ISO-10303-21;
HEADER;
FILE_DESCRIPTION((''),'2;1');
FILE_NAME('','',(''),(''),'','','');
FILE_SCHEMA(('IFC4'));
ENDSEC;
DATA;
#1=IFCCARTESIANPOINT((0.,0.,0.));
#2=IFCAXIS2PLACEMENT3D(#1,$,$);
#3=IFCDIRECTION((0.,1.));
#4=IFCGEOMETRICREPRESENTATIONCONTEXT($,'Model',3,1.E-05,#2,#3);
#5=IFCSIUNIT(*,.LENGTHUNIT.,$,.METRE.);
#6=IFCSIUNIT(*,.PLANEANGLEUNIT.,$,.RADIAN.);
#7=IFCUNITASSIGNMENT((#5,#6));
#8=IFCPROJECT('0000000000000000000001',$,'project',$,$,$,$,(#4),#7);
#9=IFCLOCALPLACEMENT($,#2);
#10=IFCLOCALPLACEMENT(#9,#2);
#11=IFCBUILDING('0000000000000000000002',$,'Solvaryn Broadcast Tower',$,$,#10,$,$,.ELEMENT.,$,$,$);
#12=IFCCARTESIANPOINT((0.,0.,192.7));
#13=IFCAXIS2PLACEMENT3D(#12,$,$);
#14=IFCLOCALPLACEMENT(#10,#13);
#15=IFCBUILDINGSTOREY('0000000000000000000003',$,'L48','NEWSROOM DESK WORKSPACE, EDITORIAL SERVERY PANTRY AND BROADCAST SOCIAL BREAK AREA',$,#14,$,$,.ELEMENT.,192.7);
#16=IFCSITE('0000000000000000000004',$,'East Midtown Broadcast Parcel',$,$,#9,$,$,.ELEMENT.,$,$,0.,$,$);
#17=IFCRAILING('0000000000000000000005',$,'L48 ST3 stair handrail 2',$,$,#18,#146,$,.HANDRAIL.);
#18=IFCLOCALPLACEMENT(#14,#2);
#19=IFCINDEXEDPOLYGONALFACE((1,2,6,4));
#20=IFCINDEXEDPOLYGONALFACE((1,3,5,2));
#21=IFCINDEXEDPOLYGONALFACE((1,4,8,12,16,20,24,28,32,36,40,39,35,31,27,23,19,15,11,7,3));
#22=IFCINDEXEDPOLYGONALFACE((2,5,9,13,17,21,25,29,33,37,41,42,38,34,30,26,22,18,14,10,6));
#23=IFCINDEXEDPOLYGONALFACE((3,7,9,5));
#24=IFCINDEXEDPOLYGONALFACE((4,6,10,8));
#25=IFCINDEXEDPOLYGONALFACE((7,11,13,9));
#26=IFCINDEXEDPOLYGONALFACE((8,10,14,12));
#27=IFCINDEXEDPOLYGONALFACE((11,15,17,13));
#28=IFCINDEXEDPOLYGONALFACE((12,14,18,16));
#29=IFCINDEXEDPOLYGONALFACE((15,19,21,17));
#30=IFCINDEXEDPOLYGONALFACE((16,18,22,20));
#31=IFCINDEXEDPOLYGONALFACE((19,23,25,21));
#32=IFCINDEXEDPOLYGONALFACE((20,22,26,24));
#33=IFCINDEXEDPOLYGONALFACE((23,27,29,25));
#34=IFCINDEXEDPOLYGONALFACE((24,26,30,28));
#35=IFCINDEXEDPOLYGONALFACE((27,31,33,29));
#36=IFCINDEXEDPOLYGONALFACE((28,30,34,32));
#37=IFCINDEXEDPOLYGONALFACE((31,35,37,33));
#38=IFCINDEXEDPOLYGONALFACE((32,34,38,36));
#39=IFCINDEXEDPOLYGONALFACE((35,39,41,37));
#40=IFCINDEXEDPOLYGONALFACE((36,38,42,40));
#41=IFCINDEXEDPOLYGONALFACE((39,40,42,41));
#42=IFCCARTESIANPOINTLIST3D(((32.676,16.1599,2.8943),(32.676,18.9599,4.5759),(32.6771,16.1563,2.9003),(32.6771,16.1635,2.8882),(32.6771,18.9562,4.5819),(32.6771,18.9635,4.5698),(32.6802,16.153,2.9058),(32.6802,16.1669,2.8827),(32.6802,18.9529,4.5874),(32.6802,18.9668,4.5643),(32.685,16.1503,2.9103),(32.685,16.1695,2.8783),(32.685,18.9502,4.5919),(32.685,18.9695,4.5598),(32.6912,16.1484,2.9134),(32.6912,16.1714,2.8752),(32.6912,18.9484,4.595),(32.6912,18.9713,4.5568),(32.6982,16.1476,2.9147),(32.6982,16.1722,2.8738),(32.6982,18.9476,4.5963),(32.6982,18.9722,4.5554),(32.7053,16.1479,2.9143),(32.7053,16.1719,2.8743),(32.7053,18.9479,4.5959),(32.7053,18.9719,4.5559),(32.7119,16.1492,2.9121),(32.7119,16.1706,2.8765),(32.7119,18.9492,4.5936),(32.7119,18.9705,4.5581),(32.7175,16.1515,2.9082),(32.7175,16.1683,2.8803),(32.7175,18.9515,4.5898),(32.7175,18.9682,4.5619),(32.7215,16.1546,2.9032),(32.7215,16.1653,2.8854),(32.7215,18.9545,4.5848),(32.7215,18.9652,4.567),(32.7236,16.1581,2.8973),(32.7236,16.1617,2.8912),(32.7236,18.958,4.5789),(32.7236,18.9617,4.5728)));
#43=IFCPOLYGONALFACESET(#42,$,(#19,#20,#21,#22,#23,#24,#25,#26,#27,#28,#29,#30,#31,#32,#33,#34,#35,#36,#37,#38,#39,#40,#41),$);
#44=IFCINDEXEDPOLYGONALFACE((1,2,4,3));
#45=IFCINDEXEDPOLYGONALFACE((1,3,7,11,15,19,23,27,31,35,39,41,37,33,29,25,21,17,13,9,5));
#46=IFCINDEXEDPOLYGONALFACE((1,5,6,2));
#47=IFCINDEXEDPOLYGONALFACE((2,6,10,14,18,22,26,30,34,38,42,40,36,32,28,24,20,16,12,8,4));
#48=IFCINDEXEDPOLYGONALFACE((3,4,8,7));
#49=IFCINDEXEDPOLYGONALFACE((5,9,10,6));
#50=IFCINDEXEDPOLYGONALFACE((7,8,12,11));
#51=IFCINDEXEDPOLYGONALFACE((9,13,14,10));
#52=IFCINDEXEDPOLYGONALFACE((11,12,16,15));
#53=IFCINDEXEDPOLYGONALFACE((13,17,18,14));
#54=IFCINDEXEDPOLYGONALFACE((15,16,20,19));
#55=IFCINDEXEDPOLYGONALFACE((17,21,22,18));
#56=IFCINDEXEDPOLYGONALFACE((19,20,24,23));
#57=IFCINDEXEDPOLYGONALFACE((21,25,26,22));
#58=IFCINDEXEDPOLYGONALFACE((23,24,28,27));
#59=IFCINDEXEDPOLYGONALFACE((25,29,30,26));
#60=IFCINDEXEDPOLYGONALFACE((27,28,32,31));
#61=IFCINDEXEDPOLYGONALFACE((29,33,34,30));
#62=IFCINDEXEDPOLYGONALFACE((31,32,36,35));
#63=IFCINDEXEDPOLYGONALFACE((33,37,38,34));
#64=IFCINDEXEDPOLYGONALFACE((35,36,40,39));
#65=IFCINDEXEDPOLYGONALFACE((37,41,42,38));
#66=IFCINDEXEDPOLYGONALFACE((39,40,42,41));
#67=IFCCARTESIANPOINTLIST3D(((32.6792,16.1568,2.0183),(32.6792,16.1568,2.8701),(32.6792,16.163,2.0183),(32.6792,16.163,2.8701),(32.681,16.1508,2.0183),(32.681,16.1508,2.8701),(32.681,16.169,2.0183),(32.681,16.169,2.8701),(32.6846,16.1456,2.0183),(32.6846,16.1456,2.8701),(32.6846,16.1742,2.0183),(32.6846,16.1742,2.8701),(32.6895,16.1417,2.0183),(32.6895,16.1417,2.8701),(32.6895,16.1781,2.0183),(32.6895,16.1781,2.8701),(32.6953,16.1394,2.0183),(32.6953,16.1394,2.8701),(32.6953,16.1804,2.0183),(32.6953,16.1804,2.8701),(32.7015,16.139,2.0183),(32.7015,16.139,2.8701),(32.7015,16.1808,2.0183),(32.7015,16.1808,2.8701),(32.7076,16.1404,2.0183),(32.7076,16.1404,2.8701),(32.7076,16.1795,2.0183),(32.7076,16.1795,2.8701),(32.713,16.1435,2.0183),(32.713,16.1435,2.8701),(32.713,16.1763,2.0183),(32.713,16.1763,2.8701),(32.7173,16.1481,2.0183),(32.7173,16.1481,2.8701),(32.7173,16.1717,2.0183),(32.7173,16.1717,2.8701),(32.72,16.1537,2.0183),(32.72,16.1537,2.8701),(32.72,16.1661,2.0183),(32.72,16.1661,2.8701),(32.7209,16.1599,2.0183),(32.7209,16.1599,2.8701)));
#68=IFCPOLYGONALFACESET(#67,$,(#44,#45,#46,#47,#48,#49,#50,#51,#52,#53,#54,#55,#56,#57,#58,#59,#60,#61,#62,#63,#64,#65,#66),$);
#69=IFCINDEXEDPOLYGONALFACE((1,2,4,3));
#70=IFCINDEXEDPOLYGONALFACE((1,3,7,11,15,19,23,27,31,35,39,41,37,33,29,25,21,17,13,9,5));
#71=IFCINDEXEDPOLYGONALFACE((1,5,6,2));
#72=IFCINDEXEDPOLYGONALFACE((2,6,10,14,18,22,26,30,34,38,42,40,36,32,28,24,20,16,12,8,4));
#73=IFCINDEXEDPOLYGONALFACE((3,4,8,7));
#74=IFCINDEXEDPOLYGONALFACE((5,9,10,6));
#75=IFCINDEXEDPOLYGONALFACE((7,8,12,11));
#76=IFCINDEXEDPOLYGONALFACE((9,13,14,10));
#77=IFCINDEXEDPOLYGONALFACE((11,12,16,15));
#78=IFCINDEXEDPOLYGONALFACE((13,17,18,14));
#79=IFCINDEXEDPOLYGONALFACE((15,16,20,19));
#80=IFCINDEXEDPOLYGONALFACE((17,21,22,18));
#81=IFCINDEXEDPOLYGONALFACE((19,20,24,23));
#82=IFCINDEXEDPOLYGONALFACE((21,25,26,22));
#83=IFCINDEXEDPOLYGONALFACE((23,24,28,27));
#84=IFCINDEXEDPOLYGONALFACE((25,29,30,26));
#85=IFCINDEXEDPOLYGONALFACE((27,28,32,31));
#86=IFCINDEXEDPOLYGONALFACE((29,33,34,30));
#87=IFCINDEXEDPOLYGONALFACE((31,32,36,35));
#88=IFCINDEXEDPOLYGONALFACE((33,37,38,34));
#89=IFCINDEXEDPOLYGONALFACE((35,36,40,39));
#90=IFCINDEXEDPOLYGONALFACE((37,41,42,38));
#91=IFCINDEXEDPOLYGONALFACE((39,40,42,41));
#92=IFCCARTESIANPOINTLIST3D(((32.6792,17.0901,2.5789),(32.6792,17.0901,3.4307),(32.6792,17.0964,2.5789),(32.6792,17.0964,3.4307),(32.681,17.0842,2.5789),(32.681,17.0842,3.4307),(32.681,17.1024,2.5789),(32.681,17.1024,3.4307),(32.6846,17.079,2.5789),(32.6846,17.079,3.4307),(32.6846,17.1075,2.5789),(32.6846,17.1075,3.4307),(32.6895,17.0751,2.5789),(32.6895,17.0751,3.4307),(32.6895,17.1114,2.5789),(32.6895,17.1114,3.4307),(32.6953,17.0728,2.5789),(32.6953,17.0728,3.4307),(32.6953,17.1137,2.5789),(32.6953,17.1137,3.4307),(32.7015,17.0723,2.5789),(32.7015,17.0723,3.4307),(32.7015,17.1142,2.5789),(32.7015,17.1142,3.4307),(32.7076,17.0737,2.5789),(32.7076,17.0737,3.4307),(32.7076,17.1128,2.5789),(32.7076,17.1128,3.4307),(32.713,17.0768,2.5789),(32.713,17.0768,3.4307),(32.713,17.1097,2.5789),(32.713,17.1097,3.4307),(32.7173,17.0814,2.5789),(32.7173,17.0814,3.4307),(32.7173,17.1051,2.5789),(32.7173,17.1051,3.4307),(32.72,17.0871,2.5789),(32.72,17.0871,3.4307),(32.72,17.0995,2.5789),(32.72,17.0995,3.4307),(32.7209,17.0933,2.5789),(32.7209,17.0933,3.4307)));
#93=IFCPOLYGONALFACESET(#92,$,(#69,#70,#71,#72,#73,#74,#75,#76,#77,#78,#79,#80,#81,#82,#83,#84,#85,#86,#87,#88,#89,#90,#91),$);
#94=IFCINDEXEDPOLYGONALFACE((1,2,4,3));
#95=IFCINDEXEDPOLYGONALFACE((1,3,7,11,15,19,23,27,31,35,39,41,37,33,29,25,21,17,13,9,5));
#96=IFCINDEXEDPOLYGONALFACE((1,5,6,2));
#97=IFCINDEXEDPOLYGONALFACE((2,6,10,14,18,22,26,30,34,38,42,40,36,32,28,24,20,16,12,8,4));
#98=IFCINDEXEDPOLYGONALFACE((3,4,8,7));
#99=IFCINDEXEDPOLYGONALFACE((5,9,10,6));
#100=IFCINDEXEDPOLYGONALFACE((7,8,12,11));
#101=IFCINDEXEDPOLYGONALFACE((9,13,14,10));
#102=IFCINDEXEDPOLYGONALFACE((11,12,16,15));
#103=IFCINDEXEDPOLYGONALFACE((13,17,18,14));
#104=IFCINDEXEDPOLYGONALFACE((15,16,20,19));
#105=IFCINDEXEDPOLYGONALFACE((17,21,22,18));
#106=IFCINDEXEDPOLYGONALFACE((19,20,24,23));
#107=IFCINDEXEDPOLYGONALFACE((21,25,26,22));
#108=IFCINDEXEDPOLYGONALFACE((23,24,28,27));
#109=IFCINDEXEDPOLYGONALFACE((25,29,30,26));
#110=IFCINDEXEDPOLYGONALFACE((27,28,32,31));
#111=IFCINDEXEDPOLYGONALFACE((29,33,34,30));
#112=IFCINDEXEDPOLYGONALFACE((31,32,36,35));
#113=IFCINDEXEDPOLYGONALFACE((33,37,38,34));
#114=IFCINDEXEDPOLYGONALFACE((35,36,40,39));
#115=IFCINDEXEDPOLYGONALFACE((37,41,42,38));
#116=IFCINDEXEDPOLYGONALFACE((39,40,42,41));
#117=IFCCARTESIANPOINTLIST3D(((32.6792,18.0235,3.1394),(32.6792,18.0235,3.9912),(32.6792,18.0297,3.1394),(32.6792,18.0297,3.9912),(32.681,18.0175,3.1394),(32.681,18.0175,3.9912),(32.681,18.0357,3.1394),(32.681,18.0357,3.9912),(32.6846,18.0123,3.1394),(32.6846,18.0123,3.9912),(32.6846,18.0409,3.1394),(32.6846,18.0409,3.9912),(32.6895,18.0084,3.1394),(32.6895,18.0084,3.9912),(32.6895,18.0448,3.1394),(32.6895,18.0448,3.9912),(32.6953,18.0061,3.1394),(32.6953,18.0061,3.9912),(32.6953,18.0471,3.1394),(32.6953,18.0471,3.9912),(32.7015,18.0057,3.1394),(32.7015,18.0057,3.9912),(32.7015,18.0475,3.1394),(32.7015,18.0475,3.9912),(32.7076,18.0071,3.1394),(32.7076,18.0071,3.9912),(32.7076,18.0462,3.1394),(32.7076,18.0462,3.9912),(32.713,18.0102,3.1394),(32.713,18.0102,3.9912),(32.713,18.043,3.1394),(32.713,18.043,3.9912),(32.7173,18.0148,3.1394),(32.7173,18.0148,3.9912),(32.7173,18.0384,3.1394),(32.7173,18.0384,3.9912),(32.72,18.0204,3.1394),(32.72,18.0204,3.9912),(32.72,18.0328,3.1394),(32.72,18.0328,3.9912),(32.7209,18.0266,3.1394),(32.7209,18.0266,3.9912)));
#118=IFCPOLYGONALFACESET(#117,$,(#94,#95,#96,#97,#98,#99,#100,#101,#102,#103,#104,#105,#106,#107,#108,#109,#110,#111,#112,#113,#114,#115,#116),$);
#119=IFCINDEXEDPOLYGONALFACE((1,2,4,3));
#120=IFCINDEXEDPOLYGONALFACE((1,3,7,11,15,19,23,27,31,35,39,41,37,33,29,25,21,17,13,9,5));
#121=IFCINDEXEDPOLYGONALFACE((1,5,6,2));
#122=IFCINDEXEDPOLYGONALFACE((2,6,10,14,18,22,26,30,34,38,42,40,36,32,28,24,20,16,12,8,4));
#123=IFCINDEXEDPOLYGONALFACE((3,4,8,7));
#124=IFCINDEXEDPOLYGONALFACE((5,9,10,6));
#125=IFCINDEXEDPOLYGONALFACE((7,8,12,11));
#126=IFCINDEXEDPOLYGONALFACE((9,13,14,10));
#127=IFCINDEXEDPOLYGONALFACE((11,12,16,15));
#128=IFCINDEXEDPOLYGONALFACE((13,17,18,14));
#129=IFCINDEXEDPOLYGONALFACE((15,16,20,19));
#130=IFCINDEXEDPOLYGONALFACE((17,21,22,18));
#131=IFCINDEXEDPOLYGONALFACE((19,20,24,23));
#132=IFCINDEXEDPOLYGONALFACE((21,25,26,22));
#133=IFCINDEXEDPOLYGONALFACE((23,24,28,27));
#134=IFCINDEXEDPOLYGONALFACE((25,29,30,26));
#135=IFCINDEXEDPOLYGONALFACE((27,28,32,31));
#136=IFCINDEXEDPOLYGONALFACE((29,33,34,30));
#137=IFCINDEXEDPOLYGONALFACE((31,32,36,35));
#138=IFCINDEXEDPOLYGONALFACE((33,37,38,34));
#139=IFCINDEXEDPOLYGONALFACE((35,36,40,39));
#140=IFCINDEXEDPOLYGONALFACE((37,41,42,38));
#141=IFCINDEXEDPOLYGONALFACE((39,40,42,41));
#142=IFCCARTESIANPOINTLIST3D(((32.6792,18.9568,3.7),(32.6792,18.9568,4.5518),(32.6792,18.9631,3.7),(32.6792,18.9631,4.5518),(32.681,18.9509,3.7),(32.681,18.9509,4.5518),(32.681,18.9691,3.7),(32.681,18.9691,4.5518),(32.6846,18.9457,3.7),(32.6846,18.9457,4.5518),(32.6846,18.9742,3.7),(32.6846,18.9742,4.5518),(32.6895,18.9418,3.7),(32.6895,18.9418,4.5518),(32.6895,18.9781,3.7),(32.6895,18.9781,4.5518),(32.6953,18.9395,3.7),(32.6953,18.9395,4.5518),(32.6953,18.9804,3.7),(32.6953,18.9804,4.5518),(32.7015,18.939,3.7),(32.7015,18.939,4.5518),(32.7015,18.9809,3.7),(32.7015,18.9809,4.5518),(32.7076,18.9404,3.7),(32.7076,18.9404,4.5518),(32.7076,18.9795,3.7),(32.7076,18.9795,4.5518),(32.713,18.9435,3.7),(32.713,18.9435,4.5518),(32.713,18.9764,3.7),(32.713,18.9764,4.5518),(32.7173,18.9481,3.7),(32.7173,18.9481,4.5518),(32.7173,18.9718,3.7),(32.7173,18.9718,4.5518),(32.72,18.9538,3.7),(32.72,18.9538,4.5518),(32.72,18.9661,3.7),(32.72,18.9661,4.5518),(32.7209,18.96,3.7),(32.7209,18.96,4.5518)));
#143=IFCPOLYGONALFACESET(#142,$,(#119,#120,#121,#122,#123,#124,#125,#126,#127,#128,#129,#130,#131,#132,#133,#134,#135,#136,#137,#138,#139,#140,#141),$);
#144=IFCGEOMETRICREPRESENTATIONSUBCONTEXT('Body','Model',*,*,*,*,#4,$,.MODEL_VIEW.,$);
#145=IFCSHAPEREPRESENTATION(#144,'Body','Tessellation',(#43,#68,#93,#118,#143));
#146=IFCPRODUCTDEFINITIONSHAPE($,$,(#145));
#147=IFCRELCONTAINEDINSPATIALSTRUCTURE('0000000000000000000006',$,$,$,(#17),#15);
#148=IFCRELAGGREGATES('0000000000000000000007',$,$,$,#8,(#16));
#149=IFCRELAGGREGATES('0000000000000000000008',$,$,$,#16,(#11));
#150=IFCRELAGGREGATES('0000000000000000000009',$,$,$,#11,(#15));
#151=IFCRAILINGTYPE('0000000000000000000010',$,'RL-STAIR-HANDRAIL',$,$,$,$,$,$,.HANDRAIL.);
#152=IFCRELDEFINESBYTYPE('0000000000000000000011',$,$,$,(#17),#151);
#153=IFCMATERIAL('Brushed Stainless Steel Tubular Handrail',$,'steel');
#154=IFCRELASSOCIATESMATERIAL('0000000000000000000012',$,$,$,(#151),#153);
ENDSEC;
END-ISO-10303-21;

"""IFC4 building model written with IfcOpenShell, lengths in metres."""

from ifc_helpers import new_model, si_unit, direction, frame, origin, origin_2d, place, context, subcontext, project, spatial, circle, extrude, material, type_object, element, save


model = new_model("IFC4")

# Units and contexts
model_context = context("Model", 3, precision=1e-05, world=origin(), true_north=direction((0.0, 1.0)))
body_context = subcontext(model_context, "Body", "Model", "MODEL_VIEW")
ifc_project = project(units=[si_unit("LENGTHUNIT", "METRE"), si_unit("PLANEANGLEUNIT", "RADIAN")], contexts=[model_context])

# Site, building, storey
site_placement = place(None, origin())
site = spatial("IfcSite", under=ifc_project, at=site_placement, Name="East Midtown Broadcast Parcel", CompositionType="ELEMENT", RefElevation=0.0)
building_placement = place(site_placement, origin())
building = spatial("IfcBuilding", under=site, at=building_placement, Name="Solvaryn Broadcast Tower", CompositionType="ELEMENT")
storey_placement = place(building_placement, frame((0.0, 0.0, 192.7)))
storey = spatial("IfcBuildingStorey", under=building, at=storey_placement, Name="L48", Description="NEWSROOM DESK WORKSPACE, EDITORIAL SERVERY PANTRY AND BROADCAST SOCIAL BREAK AREA", CompositionType="ELEMENT", Elevation=192.7)

# Railing
ifc_material_1 = material(Name="Brushed Stainless Steel Tubular Handrail", Category="steel")
railing_type_1 = type_object("IfcRailingType", Name="RL-STAIR-HANDRAIL", PredefinedType="HANDRAIL", material=ifc_material_1)
railing_1_placement = place(storey_placement, frame((32.7, 16.1599, 2.0183)))
element("IfcRailing", 1, at=railing_1_placement, inside=storey, type_object=railing_type_1, Name="L48 ST3 stair handrail 2", PredefinedType="HANDRAIL", context=body_context, shape_type="SweptSolid", body=[
    extrude(circle(Radius=0.0239, at=origin_2d()), frame((0.0, 0.0, 0.876), z_axis=(0.0, 0.857275, 0.514858), x_axis=(-1.0, 0.0, 0.0)), (0.0, 0.0, 1.0), 3.2661),
    extrude(circle(Radius=0.021, at=origin_2d()), origin(), (0.0, 0.0, 1.0), 0.8518),
    extrude(circle(Radius=0.021, at=origin_2d()), frame((0.0, 0.9333, 0.5605)), (0.0, 0.0, 1.0), 0.8518),
    extrude(circle(Radius=0.021, at=origin_2d()), frame((0.0, 1.8667, 1.1211)), (0.0, 0.0, 1.0), 0.8518),
    extrude(circle(Radius=0.021, at=origin_2d()), frame((0.0, 2.8, 1.6816)), (0.0, 0.0, 1.0), 0.8518),
])

save(model, "model.ifc")
